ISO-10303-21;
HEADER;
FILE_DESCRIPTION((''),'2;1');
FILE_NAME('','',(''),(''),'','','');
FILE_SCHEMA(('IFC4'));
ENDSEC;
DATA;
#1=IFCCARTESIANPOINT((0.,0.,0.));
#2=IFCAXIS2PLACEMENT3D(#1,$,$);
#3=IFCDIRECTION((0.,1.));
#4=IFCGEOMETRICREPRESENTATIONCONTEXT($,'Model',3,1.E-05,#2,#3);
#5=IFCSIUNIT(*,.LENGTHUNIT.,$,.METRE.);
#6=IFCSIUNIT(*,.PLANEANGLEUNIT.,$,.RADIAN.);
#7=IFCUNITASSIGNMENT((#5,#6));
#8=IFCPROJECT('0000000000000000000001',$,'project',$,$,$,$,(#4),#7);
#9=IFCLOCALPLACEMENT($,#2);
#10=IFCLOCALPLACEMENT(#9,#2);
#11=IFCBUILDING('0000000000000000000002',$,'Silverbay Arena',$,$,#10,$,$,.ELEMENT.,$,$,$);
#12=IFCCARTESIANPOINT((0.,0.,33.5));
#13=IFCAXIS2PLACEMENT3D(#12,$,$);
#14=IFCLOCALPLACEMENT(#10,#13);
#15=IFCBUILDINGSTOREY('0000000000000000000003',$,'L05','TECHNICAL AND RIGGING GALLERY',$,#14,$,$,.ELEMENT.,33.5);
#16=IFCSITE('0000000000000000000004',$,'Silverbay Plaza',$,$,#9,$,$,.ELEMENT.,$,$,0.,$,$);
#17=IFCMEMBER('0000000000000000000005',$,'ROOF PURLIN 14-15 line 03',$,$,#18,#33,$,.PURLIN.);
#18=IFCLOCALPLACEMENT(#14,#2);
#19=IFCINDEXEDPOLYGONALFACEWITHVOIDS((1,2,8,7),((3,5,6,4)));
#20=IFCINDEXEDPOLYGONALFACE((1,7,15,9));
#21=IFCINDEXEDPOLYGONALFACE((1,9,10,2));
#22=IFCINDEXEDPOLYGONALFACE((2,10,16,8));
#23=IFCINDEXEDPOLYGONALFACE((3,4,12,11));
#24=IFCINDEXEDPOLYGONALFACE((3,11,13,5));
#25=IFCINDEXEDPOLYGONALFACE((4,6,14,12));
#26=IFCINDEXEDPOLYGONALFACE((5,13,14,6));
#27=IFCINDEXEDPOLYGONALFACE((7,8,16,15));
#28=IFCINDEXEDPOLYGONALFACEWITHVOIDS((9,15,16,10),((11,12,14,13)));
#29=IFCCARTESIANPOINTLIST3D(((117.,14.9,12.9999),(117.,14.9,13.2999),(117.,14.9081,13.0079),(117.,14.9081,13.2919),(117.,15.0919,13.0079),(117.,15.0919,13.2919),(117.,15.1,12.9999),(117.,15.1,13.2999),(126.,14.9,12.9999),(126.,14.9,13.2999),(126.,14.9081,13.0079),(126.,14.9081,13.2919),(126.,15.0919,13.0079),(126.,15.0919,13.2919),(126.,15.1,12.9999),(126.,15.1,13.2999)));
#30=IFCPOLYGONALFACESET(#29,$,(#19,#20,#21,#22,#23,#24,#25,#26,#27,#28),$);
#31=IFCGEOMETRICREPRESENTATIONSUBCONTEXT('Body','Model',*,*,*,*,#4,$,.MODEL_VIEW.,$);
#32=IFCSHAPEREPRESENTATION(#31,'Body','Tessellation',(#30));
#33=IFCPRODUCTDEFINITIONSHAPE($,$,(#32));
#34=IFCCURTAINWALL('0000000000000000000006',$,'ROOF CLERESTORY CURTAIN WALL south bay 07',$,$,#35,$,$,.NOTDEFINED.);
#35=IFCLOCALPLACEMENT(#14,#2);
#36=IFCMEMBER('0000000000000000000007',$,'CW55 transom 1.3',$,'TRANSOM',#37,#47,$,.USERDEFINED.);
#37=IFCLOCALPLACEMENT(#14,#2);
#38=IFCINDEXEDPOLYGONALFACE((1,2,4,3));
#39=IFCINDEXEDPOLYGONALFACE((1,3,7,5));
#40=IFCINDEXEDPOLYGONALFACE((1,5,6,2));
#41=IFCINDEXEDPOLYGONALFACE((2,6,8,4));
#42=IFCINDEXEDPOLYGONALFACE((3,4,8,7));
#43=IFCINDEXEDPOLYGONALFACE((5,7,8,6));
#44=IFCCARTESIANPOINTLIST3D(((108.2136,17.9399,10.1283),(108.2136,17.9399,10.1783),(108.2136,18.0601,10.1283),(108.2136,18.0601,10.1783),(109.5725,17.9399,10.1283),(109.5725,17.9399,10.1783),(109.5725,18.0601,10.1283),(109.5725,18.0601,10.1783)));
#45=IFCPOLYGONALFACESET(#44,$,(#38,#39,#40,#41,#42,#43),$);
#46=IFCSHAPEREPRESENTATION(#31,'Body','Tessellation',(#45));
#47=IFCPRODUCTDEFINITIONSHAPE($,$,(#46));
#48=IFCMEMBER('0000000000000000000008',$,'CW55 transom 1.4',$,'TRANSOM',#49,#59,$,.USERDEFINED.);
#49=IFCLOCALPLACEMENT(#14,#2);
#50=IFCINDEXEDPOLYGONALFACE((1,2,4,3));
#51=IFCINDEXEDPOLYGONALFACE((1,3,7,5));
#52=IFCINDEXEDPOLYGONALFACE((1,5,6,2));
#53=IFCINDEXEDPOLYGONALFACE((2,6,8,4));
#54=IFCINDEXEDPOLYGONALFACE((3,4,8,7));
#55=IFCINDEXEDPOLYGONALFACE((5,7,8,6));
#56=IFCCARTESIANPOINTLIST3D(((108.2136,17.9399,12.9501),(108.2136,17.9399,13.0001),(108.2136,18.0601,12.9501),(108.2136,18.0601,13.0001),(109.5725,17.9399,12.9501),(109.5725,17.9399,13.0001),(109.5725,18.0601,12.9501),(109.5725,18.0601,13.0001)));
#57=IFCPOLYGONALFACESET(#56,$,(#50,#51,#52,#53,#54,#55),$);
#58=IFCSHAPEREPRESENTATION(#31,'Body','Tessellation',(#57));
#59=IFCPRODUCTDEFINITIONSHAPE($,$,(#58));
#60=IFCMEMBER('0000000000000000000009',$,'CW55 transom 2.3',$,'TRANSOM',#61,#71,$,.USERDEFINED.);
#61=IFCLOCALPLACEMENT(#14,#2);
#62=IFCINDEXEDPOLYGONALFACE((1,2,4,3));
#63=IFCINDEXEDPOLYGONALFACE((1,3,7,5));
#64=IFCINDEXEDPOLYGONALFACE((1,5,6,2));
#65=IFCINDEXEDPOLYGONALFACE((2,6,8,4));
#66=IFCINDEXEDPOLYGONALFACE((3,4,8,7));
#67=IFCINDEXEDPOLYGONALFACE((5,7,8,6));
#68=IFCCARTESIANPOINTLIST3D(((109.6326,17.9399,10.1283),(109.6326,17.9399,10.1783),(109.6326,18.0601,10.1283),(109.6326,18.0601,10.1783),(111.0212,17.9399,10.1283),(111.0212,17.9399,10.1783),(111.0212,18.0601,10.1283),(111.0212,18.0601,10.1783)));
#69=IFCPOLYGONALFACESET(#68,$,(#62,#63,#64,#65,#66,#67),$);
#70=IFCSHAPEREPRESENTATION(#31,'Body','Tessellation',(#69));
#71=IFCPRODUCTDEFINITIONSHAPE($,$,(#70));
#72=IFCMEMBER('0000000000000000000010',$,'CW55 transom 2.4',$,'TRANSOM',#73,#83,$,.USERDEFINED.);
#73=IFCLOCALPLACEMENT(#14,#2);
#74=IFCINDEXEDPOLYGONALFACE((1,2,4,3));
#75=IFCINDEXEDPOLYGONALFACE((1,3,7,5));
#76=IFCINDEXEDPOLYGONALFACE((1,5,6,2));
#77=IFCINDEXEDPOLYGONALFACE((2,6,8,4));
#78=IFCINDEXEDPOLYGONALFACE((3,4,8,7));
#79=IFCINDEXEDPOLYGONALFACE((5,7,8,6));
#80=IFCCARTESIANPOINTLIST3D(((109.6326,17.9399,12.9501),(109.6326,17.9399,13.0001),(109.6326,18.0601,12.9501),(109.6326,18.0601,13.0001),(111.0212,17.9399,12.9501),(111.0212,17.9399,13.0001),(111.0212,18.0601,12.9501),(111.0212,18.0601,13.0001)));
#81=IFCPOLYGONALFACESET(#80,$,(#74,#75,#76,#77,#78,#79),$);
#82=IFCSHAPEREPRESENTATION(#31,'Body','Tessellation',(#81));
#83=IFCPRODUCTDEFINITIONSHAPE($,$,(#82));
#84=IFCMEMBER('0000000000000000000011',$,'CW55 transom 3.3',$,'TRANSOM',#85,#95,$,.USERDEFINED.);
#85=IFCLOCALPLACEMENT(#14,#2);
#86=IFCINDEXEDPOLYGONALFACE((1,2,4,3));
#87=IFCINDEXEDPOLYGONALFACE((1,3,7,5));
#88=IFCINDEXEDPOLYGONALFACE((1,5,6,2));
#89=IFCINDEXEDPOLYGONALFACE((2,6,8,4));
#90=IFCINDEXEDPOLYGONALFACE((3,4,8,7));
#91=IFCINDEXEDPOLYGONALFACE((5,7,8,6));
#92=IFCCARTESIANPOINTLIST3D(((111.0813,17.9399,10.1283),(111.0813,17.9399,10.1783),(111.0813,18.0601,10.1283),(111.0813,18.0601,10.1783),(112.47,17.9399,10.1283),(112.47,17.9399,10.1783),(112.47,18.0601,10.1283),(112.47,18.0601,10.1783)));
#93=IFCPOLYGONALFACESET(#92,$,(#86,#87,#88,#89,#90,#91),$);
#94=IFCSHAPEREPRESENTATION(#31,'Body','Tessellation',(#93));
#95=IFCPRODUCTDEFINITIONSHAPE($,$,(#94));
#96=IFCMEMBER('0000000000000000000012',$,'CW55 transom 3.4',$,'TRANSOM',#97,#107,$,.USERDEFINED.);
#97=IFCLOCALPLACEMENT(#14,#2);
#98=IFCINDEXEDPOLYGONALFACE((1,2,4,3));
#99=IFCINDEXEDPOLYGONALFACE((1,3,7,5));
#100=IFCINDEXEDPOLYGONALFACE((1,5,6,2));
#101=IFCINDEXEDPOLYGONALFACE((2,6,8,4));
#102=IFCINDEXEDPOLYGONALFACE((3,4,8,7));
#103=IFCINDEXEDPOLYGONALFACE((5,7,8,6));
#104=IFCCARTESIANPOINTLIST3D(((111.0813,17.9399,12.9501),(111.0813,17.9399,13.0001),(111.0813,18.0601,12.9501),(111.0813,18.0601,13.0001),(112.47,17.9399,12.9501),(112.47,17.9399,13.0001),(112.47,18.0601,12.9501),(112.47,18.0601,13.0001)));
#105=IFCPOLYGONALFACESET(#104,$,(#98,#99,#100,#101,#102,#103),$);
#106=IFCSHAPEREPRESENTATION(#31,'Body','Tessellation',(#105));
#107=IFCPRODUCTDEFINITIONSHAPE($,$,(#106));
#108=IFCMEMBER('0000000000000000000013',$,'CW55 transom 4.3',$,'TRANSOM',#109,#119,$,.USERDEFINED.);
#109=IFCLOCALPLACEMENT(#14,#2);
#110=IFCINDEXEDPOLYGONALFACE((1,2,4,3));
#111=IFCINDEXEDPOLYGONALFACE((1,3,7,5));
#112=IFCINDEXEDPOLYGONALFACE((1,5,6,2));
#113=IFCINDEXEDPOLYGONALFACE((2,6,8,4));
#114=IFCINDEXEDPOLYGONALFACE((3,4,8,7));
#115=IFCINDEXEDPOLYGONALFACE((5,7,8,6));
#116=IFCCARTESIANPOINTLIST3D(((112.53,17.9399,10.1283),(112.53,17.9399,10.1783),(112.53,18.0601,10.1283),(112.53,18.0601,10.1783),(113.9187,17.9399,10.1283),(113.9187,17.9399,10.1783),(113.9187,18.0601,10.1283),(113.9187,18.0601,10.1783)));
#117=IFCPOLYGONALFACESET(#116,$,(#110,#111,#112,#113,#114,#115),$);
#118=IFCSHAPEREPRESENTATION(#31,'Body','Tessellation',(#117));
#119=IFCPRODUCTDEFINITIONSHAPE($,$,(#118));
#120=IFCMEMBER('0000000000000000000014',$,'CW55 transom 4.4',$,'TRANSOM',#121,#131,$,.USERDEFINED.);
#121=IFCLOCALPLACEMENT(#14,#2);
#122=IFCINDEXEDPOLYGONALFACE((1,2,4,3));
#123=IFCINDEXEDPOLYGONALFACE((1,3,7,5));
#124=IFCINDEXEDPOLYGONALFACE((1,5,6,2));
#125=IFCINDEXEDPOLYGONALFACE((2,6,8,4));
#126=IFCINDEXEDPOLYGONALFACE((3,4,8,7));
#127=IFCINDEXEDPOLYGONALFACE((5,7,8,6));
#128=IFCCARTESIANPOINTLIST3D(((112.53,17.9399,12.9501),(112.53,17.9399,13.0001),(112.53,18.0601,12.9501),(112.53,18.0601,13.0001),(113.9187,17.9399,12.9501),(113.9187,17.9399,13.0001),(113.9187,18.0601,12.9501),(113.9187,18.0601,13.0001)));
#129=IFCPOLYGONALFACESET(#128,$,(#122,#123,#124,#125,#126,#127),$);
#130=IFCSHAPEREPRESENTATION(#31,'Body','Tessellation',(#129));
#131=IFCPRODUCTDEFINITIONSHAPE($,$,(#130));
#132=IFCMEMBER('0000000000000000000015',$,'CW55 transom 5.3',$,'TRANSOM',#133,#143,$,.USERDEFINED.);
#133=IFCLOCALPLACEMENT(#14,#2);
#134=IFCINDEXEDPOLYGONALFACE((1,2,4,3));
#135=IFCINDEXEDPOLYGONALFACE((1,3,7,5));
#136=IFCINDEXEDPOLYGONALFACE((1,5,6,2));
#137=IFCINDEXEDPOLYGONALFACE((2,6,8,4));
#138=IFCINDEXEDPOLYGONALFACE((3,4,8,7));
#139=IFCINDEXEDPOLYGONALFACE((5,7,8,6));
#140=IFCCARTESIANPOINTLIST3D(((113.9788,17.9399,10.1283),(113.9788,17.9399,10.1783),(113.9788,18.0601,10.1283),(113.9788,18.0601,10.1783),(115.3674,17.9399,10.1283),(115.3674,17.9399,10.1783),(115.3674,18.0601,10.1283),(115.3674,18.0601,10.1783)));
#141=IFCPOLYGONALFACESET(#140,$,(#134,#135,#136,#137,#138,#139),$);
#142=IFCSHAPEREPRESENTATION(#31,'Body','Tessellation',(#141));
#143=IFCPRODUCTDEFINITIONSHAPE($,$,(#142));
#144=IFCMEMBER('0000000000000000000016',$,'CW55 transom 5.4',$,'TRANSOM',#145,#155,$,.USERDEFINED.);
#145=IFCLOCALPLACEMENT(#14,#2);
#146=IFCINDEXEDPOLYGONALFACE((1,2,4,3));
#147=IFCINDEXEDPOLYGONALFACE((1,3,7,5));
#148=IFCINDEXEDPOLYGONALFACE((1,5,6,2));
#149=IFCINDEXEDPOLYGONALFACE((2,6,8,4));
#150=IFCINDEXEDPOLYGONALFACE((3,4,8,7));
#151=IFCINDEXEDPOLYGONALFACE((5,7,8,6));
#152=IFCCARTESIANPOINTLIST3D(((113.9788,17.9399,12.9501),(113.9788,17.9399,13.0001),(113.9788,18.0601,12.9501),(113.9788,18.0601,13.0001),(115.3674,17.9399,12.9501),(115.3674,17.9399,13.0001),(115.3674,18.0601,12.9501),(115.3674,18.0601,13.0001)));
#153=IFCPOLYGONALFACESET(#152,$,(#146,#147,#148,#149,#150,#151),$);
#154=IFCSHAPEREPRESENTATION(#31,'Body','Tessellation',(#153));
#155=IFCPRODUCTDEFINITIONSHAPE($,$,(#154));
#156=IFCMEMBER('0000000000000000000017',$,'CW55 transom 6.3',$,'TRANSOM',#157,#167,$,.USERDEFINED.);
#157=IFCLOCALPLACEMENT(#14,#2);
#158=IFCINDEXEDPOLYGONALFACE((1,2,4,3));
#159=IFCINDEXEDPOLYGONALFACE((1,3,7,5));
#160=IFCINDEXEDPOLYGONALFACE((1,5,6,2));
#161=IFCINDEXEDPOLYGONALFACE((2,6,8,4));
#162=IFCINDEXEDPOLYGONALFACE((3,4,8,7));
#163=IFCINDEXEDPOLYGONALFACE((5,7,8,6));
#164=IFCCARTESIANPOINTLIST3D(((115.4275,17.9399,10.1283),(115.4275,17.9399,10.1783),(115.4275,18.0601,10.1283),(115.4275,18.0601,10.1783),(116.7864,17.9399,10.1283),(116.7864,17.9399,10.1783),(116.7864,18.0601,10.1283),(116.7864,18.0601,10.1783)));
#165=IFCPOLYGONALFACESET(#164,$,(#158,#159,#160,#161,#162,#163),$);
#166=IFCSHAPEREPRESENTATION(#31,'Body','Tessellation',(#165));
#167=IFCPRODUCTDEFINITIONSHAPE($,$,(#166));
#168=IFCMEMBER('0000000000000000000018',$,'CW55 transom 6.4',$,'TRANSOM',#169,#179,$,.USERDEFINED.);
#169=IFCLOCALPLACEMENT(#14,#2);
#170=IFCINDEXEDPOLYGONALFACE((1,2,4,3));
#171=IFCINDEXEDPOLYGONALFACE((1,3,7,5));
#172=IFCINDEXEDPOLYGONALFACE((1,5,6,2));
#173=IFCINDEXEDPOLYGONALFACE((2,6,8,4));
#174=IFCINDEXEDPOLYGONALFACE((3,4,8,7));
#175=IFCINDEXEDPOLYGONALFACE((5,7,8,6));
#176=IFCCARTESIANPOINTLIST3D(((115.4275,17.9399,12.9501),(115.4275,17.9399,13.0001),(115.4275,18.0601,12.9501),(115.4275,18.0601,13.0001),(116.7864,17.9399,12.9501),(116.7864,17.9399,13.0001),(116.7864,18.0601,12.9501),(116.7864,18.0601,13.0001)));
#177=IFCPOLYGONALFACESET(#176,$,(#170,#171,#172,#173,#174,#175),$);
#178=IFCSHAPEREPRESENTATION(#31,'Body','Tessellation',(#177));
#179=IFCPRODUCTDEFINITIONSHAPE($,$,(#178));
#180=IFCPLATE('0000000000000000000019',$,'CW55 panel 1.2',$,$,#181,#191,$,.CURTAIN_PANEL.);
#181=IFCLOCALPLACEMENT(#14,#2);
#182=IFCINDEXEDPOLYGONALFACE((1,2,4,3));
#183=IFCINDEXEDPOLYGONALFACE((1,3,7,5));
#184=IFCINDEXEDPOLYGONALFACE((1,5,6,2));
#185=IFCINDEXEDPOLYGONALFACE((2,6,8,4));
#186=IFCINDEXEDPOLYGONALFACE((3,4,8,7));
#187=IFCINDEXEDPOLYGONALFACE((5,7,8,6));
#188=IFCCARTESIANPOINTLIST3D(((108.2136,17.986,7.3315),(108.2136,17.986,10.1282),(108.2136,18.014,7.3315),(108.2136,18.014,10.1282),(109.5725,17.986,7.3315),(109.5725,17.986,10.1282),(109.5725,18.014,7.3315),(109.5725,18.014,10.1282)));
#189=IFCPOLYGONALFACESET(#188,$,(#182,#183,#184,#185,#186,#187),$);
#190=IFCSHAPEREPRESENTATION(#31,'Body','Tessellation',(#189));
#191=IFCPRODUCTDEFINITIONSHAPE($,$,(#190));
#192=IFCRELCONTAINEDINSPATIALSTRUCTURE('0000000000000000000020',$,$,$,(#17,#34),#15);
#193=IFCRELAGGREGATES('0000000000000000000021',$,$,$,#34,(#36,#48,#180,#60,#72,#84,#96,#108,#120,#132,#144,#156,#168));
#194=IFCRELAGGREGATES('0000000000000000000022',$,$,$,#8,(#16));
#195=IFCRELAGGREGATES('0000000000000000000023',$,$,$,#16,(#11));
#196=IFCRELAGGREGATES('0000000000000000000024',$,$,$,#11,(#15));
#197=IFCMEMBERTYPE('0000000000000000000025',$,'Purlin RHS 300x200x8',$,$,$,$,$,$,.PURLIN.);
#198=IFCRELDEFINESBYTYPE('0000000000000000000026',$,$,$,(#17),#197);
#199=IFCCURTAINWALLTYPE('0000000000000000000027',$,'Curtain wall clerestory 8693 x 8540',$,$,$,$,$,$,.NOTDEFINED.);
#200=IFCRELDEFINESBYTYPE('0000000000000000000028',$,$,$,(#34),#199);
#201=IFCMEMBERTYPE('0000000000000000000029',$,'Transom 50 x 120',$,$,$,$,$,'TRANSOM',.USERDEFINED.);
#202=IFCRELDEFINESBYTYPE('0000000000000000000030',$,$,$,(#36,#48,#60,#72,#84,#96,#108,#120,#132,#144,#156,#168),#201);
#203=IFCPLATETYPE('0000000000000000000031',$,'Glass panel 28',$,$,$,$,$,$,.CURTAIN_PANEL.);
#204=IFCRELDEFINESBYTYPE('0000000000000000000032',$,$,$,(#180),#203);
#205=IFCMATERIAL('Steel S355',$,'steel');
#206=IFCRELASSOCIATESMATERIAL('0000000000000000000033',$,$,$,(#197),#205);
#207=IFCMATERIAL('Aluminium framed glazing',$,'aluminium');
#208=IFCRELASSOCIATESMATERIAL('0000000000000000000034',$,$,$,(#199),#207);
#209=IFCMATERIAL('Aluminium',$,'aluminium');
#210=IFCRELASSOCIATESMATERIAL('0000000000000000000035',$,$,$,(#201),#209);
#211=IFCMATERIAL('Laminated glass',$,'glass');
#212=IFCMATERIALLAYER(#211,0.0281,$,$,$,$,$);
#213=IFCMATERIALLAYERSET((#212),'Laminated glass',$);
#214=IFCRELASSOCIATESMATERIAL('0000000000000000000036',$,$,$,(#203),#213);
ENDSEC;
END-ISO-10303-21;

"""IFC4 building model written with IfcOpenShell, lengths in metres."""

from ifc_helpers import new_model, si_unit, direction, frame, origin, origin_2d, place, context, subcontext, project, spatial, rectangle, hollow_rectangle, extrude, material, layer, layer_set, material_profile, profile_set, type_object, element, aggregate, save


model = new_model("IFC4")

# Units and contexts
model_context = context("Model", 3, precision=1e-05, world=origin(), true_north=direction((0.0, 1.0)))
body_context = subcontext(model_context, "Body", "Model", "MODEL_VIEW")
ifc_project = project(units=[si_unit("LENGTHUNIT", "METRE"), si_unit("PLANEANGLEUNIT", "RADIAN")], contexts=[model_context])

# Site, building, storey
site_placement = place(None, origin())
site = spatial("IfcSite", under=ifc_project, at=site_placement, Name="Silverbay Plaza", CompositionType="ELEMENT", RefElevation=0.0)
building_placement = place(site_placement, origin())
building = spatial("IfcBuilding", under=site, at=building_placement, Name="Silverbay Arena", CompositionType="ELEMENT")
storey_placement = place(building_placement, frame((0.0, 0.0, 33.5)))
storey = spatial("IfcBuildingStorey", under=building, at=storey_placement, Name="L05", Description="TECHNICAL AND RIGGING GALLERY", CompositionType="ELEMENT", Elevation=33.5)

# Member
ifc_material_1 = material(Name="Steel S355", Category="steel")
ifc_material_profile_1 = material_profile(ifc_material_1, hollow_rectangle(XDim=0.2, YDim=0.3, WallThickness=0.0081, at=origin_2d()), Name="RHS 300x200x8")
ifc_profile_set_1 = profile_set([ifc_material_profile_1], Name="Steel S355")
member_type_1 = type_object("IfcMemberType", Name="Purlin RHS 300x200x8", PredefinedType="PURLIN", material=ifc_profile_set_1)
for number, where, z_axis, x_axis, name in (
    (1, (117.0, 15.0, 13.1499), (1.0, 0.0, 0.0), (0.0, 1.0, 0.0), "ROOF PURLIN 14-15 line 03"),
):
    element("IfcMember", number, at=place(storey_placement, frame(where, z_axis=z_axis, x_axis=x_axis)), inside=storey, type_object=member_type_1, Name=name, PredefinedType="PURLIN", context=body_context, shape_type="SweptSolid", body=[
        extrude(hollow_rectangle(XDim=0.2, YDim=0.3, WallThickness=0.0081, at=origin_2d()), origin(), (0.0, 0.0, 1.0), 9.0),
    ])

# Curtain wall, members, plate
ifc_material_2 = material(Name="Aluminium framed glazing", Category="aluminium")
curtain_wall_type = type_object("IfcCurtainWallType", Name="Curtain wall clerestory 8693 x 8540", PredefinedType="NOTDEFINED", material=ifc_material_2)
curtain_wall_placement = place(storey_placement, origin())
curtain_wall = element("IfcCurtainWall", 2, at=curtain_wall_placement, inside=storey, type_object=curtain_wall_type, Name="ROOF CLERESTORY CURTAIN WALL south bay 07", PredefinedType="NOTDEFINED")
ifc_material_3 = material(Name="Aluminium", Category="aluminium")
ifc_material_profile_2 = material_profile(ifc_material_3, rectangle(XDim=0.1201, YDim=0.05, at=origin_2d()), Name="Transom 50 x 120")
ifc_profile_set_2 = profile_set([ifc_material_profile_2], Name="Aluminium")
member_type_2 = type_object("IfcMemberType", Name="Transom 50 x 120", ElementType="TRANSOM", PredefinedType="USERDEFINED", material=ifc_profile_set_2)
member_1_placement = place(storey_placement, frame((108.2136, 18.0, 10.1533), z_axis=(1.0, 0.0, 0.0), x_axis=(0.0, 1.0, 0.0)))
member_1 = element("IfcMember", 3, at=member_1_placement, type_object=member_type_2, Name="CW55 transom 1.3", ObjectType="TRANSOM", PredefinedType="USERDEFINED", context=body_context, shape_type="SweptSolid", body=[
    extrude(rectangle(XDim=0.1201, YDim=0.05, at=origin_2d()), origin(), (0.0, 0.0, 1.0), 1.3589),
])
member_2_placement = place(storey_placement, frame((108.2136, 18.0, 12.9751), z_axis=(1.0, 0.0, 0.0), x_axis=(0.0, 1.0, 0.0)))
member_2 = element("IfcMember", 4, at=member_2_placement, type_object=member_type_2, Name="CW55 transom 1.4", ObjectType="TRANSOM", PredefinedType="USERDEFINED", context=body_context, shape_type="SweptSolid", body=[
    extrude(rectangle(XDim=0.1201, YDim=0.05, at=origin_2d()), origin(), (0.0, 0.0, 1.0), 1.3589),
])
member_3_placement = place(storey_placement, frame((109.6326, 18.0, 10.1533), z_axis=(1.0, 0.0, 0.0), x_axis=(0.0, 1.0, 0.0)))
member_3 = element("IfcMember", 5, at=member_3_placement, type_object=member_type_2, Name="CW55 transom 2.3", ObjectType="TRANSOM", PredefinedType="USERDEFINED", context=body_context, shape_type="SweptSolid", body=[
    extrude(rectangle(XDim=0.1201, YDim=0.05, at=origin_2d()), origin(), (0.0, 0.0, 1.0), 1.3887),
])
member_4_placement = place(storey_placement, frame((109.6326, 18.0, 12.9751), z_axis=(1.0, 0.0, 0.0), x_axis=(0.0, 1.0, 0.0)))
member_4 = element("IfcMember", 6, at=member_4_placement, type_object=member_type_2, Name="CW55 transom 2.4", ObjectType="TRANSOM", PredefinedType="USERDEFINED", context=body_context, shape_type="SweptSolid", body=[
    extrude(rectangle(XDim=0.1201, YDim=0.05, at=origin_2d()), origin(), (0.0, 0.0, 1.0), 1.3887),
])
member_5_placement = place(storey_placement, frame((111.0813, 18.0, 10.1533), z_axis=(1.0, 0.0, 0.0), x_axis=(0.0, 1.0, 0.0)))
member_5 = element("IfcMember", 7, at=member_5_placement, type_object=member_type_2, Name="CW55 transom 3.3", ObjectType="TRANSOM", PredefinedType="USERDEFINED", context=body_context, shape_type="SweptSolid", body=[
    extrude(rectangle(XDim=0.1201, YDim=0.05, at=origin_2d()), origin(), (0.0, 0.0, 1.0), 1.3887),
])
member_6_placement = place(storey_placement, frame((111.0813, 18.0, 12.9751), z_axis=(1.0, 0.0, 0.0), x_axis=(0.0, 1.0, 0.0)))
member_6 = element("IfcMember", 8, at=member_6_placement, type_object=member_type_2, Name="CW55 transom 3.4", ObjectType="TRANSOM", PredefinedType="USERDEFINED", context=body_context, shape_type="SweptSolid", body=[
    extrude(rectangle(XDim=0.1201, YDim=0.05, at=origin_2d()), origin(), (0.0, 0.0, 1.0), 1.3887),
])
member_7_placement = place(storey_placement, frame((112.53, 18.0, 10.1533), z_axis=(1.0, 0.0, 0.0), x_axis=(0.0, 1.0, 0.0)))
member_7 = element("IfcMember", 9, at=member_7_placement, type_object=member_type_2, Name="CW55 transom 4.3", ObjectType="TRANSOM", PredefinedType="USERDEFINED", context=body_context, shape_type="SweptSolid", body=[
    extrude(rectangle(XDim=0.1201, YDim=0.05, at=origin_2d()), origin(), (0.0, 0.0, 1.0), 1.3887),
])
member_8_placement = place(storey_placement, frame((112.53, 18.0, 12.9751), z_axis=(1.0, 0.0, 0.0), x_axis=(0.0, 1.0, 0.0)))
member_8 = element("IfcMember", 10, at=member_8_placement, type_object=member_type_2, Name="CW55 transom 4.4", ObjectType="TRANSOM", PredefinedType="USERDEFINED", context=body_context, shape_type="SweptSolid", body=[
    extrude(rectangle(XDim=0.1201, YDim=0.05, at=origin_2d()), origin(), (0.0, 0.0, 1.0), 1.3887),
])
member_9_placement = place(storey_placement, frame((113.9788, 18.0, 10.1533), z_axis=(1.0, 0.0, 0.0), x_axis=(0.0, 1.0, 0.0)))
member_9 = element("IfcMember", 11, at=member_9_placement, type_object=member_type_2, Name="CW55 transom 5.3", ObjectType="TRANSOM", PredefinedType="USERDEFINED", context=body_context, shape_type="SweptSolid", body=[
    extrude(rectangle(XDim=0.1201, YDim=0.05, at=origin_2d()), origin(), (0.0, 0.0, 1.0), 1.3887),
])
member_10_placement = place(storey_placement, frame((113.9788, 18.0, 12.9751), z_axis=(1.0, 0.0, 0.0), x_axis=(0.0, 1.0, 0.0)))
member_10 = element("IfcMember", 12, at=member_10_placement, type_object=member_type_2, Name="CW55 transom 5.4", ObjectType="TRANSOM", PredefinedType="USERDEFINED", context=body_context, shape_type="SweptSolid", body=[
    extrude(rectangle(XDim=0.1201, YDim=0.05, at=origin_2d()), origin(), (0.0, 0.0, 1.0), 1.3887),
])
member_11_placement = place(storey_placement, frame((115.4275, 18.0, 10.1533), z_axis=(1.0, 0.0, 0.0), x_axis=(0.0, 1.0, 0.0)))
member_11 = element("IfcMember", 13, at=member_11_placement, type_object=member_type_2, Name="CW55 transom 6.3", ObjectType="TRANSOM", PredefinedType="USERDEFINED", context=body_context, shape_type="SweptSolid", body=[
    extrude(rectangle(XDim=0.1201, YDim=0.05, at=origin_2d()), origin(), (0.0, 0.0, 1.0), 1.3589),
])
member_12_placement = place(storey_placement, frame((115.4275, 18.0, 12.9751), z_axis=(1.0, 0.0, 0.0), x_axis=(0.0, 1.0, 0.0)))
member_12 = element("IfcMember", 14, at=member_12_placement, type_object=member_type_2, Name="CW55 transom 6.4", ObjectType="TRANSOM", PredefinedType="USERDEFINED", context=body_context, shape_type="SweptSolid", body=[
    extrude(rectangle(XDim=0.1201, YDim=0.05, at=origin_2d()), origin(), (0.0, 0.0, 1.0), 1.3589),
])
ifc_material_4 = material(Name="Laminated glass", Category="glass")
ifc_layer = layer(ifc_material_4, 0.0281)
ifc_layer_set = layer_set([ifc_layer], Name="Laminated glass")
plate_type = type_object("IfcPlateType", Name="Glass panel 28", PredefinedType="CURTAIN_PANEL", material=ifc_layer_set)
plate_1_placement = place(storey_placement, frame((108.8931, 18.0, 7.3315), z_axis=(0.0, 0.0, 1.0), x_axis=(1.0, 0.0, 0.0)))
plate_1 = element("IfcPlate", 15, at=plate_1_placement, type_object=plate_type, Name="CW55 panel 1.2", PredefinedType="CURTAIN_PANEL", context=body_context, shape_type="SweptSolid", body=[
    extrude(rectangle(XDim=1.3589, YDim=0.0281, at=origin_2d()), origin(), (0.0, 0.0, 1.0), 2.7966),
])
aggregate(curtain_wall, [member_1, member_2, plate_1, member_3, member_4, member_5, member_6, member_7, member_8, member_9, member_10, member_11, member_12])

save(model, "model.ifc")
